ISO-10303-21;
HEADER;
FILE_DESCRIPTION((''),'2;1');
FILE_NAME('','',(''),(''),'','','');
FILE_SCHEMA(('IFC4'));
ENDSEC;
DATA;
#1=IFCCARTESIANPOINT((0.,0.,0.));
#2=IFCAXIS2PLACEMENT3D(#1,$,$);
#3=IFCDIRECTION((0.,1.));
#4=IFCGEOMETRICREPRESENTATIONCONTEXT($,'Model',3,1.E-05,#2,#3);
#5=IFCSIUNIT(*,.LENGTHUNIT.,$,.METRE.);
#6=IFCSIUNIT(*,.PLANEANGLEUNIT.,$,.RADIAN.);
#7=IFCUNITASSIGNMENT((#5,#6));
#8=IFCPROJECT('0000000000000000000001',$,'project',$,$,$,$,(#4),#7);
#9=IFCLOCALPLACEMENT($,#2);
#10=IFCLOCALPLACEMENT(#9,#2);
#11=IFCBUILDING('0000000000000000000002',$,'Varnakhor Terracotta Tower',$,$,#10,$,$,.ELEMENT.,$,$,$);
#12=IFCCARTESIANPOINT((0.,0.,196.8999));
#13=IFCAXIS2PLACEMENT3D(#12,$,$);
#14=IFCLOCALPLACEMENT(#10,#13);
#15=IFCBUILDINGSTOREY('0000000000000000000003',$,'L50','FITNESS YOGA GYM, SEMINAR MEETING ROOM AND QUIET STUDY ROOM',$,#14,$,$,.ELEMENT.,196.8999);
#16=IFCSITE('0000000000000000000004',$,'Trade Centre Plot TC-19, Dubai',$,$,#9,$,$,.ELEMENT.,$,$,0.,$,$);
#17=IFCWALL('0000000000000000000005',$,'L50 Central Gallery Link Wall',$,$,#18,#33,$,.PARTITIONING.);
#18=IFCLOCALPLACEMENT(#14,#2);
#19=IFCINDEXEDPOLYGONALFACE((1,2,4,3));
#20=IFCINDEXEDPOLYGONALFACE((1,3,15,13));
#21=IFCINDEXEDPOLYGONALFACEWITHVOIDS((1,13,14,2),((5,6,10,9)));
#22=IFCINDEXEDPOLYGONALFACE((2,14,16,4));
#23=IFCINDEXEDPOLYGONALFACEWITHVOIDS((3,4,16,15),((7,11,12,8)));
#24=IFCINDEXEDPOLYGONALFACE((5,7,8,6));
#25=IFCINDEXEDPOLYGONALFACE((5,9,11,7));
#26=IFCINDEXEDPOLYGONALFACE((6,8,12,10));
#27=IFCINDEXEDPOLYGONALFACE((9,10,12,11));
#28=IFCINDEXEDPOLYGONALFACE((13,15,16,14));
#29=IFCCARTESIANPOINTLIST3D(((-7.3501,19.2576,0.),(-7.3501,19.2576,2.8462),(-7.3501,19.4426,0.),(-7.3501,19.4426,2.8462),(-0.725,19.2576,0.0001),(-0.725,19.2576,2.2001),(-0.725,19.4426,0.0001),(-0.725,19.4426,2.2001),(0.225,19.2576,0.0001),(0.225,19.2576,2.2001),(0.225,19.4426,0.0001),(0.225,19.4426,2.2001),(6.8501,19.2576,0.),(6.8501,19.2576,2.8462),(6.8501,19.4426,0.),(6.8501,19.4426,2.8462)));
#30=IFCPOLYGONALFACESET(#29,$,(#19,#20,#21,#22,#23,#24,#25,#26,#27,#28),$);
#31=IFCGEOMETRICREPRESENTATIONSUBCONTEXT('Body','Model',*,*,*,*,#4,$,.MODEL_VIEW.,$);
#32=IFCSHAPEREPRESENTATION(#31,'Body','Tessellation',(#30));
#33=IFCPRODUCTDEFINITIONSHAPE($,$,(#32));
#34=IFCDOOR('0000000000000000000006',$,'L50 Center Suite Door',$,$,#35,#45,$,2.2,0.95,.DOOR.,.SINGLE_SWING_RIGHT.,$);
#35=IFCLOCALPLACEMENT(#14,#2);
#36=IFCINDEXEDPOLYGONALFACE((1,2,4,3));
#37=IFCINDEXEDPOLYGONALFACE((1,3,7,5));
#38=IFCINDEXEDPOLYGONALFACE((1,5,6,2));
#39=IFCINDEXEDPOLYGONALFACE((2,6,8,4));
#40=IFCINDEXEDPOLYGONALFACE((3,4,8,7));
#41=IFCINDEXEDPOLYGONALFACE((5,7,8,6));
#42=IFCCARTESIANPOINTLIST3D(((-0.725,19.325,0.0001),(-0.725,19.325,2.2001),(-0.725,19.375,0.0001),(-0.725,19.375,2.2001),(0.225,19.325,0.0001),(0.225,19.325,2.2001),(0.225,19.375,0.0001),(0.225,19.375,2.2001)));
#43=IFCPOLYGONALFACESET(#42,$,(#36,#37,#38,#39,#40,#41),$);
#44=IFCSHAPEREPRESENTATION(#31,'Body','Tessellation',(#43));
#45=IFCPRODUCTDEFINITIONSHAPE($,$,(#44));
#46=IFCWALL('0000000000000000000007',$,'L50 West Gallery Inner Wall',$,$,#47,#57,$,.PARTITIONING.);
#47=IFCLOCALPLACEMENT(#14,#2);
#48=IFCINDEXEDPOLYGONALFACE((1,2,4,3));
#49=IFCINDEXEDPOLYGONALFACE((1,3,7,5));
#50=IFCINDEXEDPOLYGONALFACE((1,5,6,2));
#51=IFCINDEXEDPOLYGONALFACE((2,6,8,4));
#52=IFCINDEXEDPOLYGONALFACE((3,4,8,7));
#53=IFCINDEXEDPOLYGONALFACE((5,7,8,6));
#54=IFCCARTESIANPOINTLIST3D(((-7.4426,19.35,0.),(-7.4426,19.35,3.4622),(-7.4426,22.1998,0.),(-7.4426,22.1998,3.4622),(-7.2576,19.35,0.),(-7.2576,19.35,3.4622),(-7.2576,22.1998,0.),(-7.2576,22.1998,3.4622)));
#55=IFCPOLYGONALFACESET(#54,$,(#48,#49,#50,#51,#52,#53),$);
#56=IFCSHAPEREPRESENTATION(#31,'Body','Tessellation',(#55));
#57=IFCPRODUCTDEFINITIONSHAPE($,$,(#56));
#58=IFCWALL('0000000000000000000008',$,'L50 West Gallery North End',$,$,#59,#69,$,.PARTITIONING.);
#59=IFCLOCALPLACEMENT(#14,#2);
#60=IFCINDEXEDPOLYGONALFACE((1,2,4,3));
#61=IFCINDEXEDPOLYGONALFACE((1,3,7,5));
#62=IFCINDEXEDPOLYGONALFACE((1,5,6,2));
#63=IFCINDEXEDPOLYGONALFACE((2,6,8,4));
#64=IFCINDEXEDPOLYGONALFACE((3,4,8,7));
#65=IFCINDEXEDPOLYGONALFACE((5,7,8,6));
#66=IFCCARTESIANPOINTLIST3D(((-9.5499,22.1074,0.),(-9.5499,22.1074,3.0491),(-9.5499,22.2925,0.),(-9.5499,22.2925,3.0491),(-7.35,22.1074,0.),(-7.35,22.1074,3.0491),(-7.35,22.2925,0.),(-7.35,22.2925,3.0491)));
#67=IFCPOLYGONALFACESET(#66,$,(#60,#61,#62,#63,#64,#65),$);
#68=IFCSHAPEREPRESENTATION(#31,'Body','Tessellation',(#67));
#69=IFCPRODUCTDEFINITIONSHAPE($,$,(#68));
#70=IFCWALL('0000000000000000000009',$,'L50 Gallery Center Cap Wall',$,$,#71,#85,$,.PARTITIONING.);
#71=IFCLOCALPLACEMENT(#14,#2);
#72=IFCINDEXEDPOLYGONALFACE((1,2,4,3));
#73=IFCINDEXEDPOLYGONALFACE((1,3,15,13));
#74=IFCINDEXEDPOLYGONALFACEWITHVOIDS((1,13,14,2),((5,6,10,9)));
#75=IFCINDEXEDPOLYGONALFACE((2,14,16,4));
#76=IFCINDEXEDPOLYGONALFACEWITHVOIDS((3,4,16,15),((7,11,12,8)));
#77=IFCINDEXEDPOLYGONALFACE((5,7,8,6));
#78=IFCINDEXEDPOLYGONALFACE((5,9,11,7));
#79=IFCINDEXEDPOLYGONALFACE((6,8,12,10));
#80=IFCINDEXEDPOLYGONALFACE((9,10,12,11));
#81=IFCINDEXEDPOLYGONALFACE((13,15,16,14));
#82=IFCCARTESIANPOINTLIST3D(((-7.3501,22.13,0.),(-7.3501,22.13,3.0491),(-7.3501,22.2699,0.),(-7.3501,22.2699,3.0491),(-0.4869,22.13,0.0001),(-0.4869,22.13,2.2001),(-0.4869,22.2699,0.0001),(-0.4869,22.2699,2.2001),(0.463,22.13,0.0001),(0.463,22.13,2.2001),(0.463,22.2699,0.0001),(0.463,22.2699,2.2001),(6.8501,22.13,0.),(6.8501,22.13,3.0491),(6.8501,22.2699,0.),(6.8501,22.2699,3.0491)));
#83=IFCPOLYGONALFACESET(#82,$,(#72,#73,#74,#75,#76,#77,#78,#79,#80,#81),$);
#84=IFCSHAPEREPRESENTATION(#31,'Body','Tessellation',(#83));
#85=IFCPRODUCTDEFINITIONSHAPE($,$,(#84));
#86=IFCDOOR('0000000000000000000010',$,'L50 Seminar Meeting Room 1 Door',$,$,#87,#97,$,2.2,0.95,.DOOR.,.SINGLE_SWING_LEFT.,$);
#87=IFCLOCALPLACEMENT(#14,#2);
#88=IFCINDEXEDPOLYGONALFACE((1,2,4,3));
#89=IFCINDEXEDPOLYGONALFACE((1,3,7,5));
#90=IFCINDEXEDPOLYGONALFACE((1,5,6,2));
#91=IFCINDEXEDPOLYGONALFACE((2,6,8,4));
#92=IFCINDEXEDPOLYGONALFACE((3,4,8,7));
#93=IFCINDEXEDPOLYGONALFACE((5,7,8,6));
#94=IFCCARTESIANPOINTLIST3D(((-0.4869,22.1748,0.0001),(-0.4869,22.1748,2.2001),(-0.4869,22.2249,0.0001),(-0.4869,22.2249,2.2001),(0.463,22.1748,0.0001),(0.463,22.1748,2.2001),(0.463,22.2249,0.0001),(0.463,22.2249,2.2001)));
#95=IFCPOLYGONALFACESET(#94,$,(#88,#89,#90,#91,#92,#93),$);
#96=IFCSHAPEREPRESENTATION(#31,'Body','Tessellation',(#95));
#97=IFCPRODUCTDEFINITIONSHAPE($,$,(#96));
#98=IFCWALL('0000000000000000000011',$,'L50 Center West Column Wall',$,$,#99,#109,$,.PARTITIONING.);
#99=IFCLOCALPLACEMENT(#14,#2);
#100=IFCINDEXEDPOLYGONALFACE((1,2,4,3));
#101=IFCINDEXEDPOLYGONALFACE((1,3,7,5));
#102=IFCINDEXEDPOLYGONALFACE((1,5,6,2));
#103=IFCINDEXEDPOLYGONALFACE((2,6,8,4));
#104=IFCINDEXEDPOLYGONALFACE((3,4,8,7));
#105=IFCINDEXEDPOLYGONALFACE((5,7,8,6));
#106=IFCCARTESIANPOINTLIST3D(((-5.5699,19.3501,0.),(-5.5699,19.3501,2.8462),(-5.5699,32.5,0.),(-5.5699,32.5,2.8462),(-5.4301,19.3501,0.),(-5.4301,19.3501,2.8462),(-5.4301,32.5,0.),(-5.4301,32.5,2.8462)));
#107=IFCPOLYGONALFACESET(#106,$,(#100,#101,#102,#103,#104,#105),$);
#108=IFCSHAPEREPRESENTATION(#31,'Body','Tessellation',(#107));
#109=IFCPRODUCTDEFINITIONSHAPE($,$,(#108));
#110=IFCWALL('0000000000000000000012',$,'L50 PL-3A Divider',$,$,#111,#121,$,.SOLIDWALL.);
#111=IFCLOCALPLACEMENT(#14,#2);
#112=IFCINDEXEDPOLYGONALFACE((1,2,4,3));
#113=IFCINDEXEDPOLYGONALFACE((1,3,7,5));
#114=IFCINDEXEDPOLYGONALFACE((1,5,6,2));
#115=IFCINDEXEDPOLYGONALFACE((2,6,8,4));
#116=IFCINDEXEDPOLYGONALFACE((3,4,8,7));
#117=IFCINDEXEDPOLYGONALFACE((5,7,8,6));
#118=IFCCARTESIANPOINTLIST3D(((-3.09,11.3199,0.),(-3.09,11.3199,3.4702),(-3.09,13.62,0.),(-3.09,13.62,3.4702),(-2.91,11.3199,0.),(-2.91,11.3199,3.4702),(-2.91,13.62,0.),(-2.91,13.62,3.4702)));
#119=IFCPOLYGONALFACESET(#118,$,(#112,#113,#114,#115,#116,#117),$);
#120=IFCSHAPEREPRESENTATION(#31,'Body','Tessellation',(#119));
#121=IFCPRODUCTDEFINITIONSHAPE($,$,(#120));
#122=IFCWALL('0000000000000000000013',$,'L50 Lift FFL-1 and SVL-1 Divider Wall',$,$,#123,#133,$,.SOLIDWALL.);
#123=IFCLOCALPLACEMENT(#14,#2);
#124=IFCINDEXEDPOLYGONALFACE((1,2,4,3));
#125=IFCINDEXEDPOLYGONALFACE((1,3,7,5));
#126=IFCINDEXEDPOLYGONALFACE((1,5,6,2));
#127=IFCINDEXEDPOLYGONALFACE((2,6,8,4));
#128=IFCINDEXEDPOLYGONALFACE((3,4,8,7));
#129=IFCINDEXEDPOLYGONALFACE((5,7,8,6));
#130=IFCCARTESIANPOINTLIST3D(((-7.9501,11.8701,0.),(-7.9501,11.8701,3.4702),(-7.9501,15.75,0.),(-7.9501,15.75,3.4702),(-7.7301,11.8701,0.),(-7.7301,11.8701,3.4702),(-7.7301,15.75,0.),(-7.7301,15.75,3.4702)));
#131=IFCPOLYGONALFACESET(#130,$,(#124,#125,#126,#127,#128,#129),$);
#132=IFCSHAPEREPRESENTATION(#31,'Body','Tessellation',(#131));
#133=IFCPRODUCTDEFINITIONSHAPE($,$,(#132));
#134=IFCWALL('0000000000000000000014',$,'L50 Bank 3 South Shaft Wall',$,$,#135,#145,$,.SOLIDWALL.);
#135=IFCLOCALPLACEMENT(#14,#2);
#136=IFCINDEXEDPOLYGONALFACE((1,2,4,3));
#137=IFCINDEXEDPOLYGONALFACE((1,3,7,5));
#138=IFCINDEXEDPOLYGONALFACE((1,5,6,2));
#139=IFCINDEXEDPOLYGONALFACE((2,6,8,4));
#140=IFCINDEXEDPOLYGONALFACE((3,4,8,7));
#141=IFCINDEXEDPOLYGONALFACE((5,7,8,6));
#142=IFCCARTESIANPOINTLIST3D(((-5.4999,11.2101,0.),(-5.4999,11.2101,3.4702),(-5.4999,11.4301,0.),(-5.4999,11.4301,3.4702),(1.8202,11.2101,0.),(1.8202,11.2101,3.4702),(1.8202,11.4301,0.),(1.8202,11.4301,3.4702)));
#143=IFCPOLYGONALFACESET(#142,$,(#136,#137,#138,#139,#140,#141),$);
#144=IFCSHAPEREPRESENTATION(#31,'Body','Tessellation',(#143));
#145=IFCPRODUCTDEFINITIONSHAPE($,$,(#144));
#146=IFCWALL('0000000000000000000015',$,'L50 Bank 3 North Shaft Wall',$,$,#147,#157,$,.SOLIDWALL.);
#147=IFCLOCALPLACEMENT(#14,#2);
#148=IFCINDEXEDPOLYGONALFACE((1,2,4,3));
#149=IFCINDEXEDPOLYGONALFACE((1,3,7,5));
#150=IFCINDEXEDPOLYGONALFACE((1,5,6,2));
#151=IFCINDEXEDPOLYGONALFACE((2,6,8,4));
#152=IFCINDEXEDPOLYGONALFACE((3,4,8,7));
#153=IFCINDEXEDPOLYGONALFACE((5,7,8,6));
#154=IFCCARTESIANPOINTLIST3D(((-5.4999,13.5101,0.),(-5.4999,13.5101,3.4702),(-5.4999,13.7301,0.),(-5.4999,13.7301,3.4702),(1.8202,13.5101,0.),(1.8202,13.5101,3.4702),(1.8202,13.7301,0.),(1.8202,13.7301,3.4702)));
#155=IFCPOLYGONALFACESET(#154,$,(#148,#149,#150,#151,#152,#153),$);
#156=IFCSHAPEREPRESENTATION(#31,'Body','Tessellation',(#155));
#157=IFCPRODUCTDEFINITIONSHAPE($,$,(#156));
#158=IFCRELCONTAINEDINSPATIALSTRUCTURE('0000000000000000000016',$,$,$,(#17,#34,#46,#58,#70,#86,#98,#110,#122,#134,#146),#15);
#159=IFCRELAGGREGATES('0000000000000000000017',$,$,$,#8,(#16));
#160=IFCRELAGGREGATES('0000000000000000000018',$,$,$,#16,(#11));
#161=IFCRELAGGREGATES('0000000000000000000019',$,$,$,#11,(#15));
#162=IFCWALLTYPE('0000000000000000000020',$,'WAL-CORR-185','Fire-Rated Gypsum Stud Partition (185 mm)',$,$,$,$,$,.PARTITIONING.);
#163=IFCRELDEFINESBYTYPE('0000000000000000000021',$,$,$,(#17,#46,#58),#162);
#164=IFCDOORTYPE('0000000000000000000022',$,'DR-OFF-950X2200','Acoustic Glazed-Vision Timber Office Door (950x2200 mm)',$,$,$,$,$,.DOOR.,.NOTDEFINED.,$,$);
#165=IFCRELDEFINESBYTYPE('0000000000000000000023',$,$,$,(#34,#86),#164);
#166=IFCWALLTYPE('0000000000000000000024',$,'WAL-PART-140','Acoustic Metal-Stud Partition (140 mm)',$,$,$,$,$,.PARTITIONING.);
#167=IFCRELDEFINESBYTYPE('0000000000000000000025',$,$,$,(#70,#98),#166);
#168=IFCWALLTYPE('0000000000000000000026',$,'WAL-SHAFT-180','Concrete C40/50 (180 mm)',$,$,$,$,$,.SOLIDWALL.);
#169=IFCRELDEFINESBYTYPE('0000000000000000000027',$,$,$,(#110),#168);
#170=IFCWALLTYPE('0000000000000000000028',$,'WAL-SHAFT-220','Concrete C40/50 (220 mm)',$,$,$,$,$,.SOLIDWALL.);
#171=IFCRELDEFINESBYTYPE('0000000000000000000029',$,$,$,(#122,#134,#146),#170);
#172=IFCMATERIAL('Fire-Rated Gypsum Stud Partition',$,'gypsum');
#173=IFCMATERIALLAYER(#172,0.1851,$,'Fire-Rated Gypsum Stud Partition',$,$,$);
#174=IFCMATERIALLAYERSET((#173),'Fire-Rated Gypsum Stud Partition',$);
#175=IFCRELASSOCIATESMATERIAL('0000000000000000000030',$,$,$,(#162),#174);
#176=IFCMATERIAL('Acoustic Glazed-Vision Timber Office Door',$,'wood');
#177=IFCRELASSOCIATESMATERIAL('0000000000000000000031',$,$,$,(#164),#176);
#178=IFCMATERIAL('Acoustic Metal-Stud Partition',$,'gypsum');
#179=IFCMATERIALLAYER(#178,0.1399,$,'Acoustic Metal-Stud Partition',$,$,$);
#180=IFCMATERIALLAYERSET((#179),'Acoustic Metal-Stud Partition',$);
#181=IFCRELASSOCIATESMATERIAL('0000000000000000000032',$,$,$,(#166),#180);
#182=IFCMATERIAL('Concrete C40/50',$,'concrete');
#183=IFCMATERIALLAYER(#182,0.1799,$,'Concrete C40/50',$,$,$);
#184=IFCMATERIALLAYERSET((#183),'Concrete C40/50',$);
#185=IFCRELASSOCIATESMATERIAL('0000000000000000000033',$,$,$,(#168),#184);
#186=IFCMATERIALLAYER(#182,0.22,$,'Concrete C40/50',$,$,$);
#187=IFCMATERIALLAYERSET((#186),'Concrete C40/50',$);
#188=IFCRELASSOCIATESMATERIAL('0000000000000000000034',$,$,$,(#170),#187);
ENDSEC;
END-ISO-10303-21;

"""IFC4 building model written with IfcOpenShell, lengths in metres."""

from ifc_helpers import new_model, si_unit, direction, frame, frame_2d, origin, place, context, subcontext, project, spatial, rectangle, extrude, source, transform, mapped, material, layer, layer_set, type_object, type_shapes, element, fill, save


model = new_model("IFC4")

# Units and contexts
model_context = context("Model", 3, precision=1e-05, world=origin(), true_north=direction((0.0, 1.0)))
body_context = subcontext(model_context, "Body", "Model", "MODEL_VIEW")
ifc_project = project(units=[si_unit("LENGTHUNIT", "METRE"), si_unit("PLANEANGLEUNIT", "RADIAN")], contexts=[model_context])

# Site, building, storey
site_placement = place(None, origin())
site = spatial("IfcSite", under=ifc_project, at=site_placement, Name="Trade Centre Plot TC-19, Dubai", CompositionType="ELEMENT", RefElevation=0.0)
building_placement = place(site_placement, origin())
building = spatial("IfcBuilding", under=site, at=building_placement, Name="Varnakhor Terracotta Tower", CompositionType="ELEMENT")
storey_placement = place(building_placement, frame((0.0, 0.0, 196.8999)))
storey = spatial("IfcBuildingStorey", under=building, at=storey_placement, Name="L50", Description="FITNESS YOGA GYM, SEMINAR MEETING ROOM AND QUIET STUDY ROOM", CompositionType="ELEMENT", Elevation=196.8999)

# Wall, opening, door
ifc_material_1 = material(Name="Fire-Rated Gypsum Stud Partition", Category="gypsum")
ifc_layer_1 = layer(ifc_material_1, 0.1851, Name="Fire-Rated Gypsum Stud Partition")
ifc_layer_set_1 = layer_set([ifc_layer_1], Name="Fire-Rated Gypsum Stud Partition")
wall_type_1 = type_object("IfcWallType", Name="WAL-CORR-185", Description="Fire-Rated Gypsum Stud Partition (185 mm)", PredefinedType="PARTITIONING", material=ifc_layer_set_1)
wall_1_placement = place(storey_placement, frame((-7.3501, 19.3501, 0.0), z_axis=(0.0, 0.0, 1.0), x_axis=(1.0, 0.0, 0.0)))
wall_1 = element("IfcWall", 1, at=wall_1_placement, inside=storey, type_object=wall_type_1, Name="L50 Central Gallery Link Wall", PredefinedType="PARTITIONING", context=body_context, shape_type="SweptSolid", body=[
    extrude(rectangle(XDim=14.2002, YDim=0.1851, at=frame_2d((7.1001, 0.0))), origin(), (0.0, 0.0, 1.0), 2.8462),
])
opening_1_placement = place(wall_1_placement, frame((6.625, 0.0, 0.0)))
opening_1 = element("IfcOpeningElement", 2, at=opening_1_placement, cuts=wall_1, PredefinedType="OPENING", context=body_context, shape_type="SweptSolid", body=[
    extrude(rectangle(XDim=0.95, YDim=2.2, at=frame_2d((0.4751, 1.1001))), frame((0.0, 0.1025, 0.0), z_axis=(0.0, -1.0, 0.0), x_axis=(1.0, 0.0, 0.0)), (0.0, 0.0, 1.0), 0.2051),
])
ifc_material_2 = material(Name="Acoustic Glazed-Vision Timber Office Door", Category="wood")
door_type_1 = type_object("IfcDoorType", Name="DR-OFF-950X2200", Description="Acoustic Glazed-Vision Timber Office Door (950x2200 mm)", OperationType="NOTDEFINED", PredefinedType="DOOR", material=ifc_material_2)
shared_shape_1 = source(origin(), body_context, "Body", "SweptSolid", [
    extrude(rectangle(XDim=0.95, YDim=2.2, at=frame_2d((0.4751, 1.1001))), frame((0.0, 0.0249, 0.0), z_axis=(0.0, -1.0, 0.0), x_axis=(1.0, 0.0, 0.0)), (0.0, 0.0, 1.0), 0.05),
])
type_shapes(door_type_1, [shared_shape_1])
door_1_placement = place(opening_1_placement, origin())
door_1 = element("IfcDoor", 3, at=door_1_placement, inside=storey, type_object=door_type_1, Name="L50 Center Suite Door", OperationType="SINGLE_SWING_RIGHT", OverallHeight=2.2, OverallWidth=0.95, PredefinedType="DOOR", context=body_context, shape_type="MappedRepresentation", body=[
    mapped(shared_shape_1, transform((0.0, 0.0, 0.0), scale=1.0)),
])
fill(opening_1, door_1)

# Walls
wall_2_placement = place(storey_placement, frame((-7.3501, 19.3501, 0.0), z_axis=(0.0, 0.0, 1.0), x_axis=(0.0, 1.0, 0.0)))
element("IfcWall", 4, at=wall_2_placement, inside=storey, type_object=wall_type_1, Name="L50 West Gallery Inner Wall", PredefinedType="PARTITIONING", context=body_context, shape_type="SweptSolid", body=[
    extrude(rectangle(XDim=2.8499, YDim=0.1851, at=frame_2d((1.4248, 0.0))), origin(), (0.0, 0.0, 1.0), 3.4622),
])
wall_3_placement = place(storey_placement, frame((-9.55, 22.2, 0.0), z_axis=(0.0, 0.0, 1.0), x_axis=(1.0, 0.0, 0.0)))
element("IfcWall", 5, at=wall_3_placement, inside=storey, type_object=wall_type_1, Name="L50 West Gallery North End", PredefinedType="PARTITIONING", context=body_context, shape_type="SweptSolid", body=[
    extrude(rectangle(XDim=2.2, YDim=0.1851, at=frame_2d((1.1001, 0.0))), origin(), (0.0, 0.0, 1.0), 3.0491),
])

# Wall, opening, door
ifc_material_3 = material(Name="Acoustic Metal-Stud Partition", Category="gypsum")
ifc_layer_2 = layer(ifc_material_3, 0.1399, Name="Acoustic Metal-Stud Partition")
ifc_layer_set_2 = layer_set([ifc_layer_2], Name="Acoustic Metal-Stud Partition")
wall_type_2 = type_object("IfcWallType", Name="WAL-PART-140", Description="Acoustic Metal-Stud Partition (140 mm)", PredefinedType="PARTITIONING", material=ifc_layer_set_2)
wall_4_placement = place(storey_placement, frame((-7.3501, 22.2, 0.0), z_axis=(0.0, 0.0, 1.0), x_axis=(1.0, 0.0, 0.0)))
wall_4 = element("IfcWall", 6, at=wall_4_placement, inside=storey, type_object=wall_type_2, Name="L50 Gallery Center Cap Wall", PredefinedType="PARTITIONING", context=body_context, shape_type="SweptSolid", body=[
    extrude(rectangle(XDim=14.2002, YDim=0.1399, at=frame_2d((7.1001, 0.0))), origin(), (0.0, 0.0, 1.0), 3.0491),
])
opening_2_placement = place(wall_4_placement, frame((6.863, 0.0, 0.0)))
opening_2 = element("IfcOpeningElement", 7, at=opening_2_placement, cuts=wall_4, PredefinedType="OPENING", context=body_context, shape_type="SweptSolid", body=[
    extrude(rectangle(XDim=0.95, YDim=2.2, at=frame_2d((0.4751, 1.1001))), frame((0.0, 0.0801, 0.0), z_axis=(0.0, -1.0, 0.0), x_axis=(1.0, 0.0, 0.0)), (0.0, 0.0, 1.0), 0.1599),
])
door_2_placement = place(opening_2_placement, origin())
door_2 = element("IfcDoor", 8, at=door_2_placement, inside=storey, type_object=door_type_1, Name="L50 Seminar Meeting Room 1 Door", OperationType="SINGLE_SWING_LEFT", OverallHeight=2.2, OverallWidth=0.95, PredefinedType="DOOR", context=body_context, shape_type="MappedRepresentation", body=[
    mapped(shared_shape_1, transform((0.0, 0.0, 0.0), scale=1.0)),
])
fill(opening_2, door_2)

# Walls
wall_5_placement = place(storey_placement, frame((-5.5, 19.3501, 0.0), z_axis=(0.0, 0.0, 1.0), x_axis=(0.0, 1.0, 0.0)))
element("IfcWall", 9, at=wall_5_placement, inside=storey, type_object=wall_type_2, Name="L50 Center West Column Wall", PredefinedType="PARTITIONING", context=body_context, shape_type="SweptSolid", body=[
    extrude(rectangle(XDim=13.1499, YDim=0.1399, at=frame_2d((6.575, 0.0))), origin(), (0.0, 0.0, 1.0), 2.8462),
])
ifc_material_4 = material(Name="Concrete C40/50", Category="concrete")
ifc_layer_3 = layer(ifc_material_4, 0.1799, Name="Concrete C40/50")
ifc_layer_set_3 = layer_set([ifc_layer_3], Name="Concrete C40/50")
wall_type_3 = type_object("IfcWallType", Name="WAL-SHAFT-180", Description="Concrete C40/50 (180 mm)", PredefinedType="SOLIDWALL", material=ifc_layer_set_3)
wall_6_placement = place(storey_placement, frame((-3.0, 11.3201, 0.0), z_axis=(0.0, 0.0, 1.0), x_axis=(0.0, 1.0, 0.0)))
element("IfcWall", 10, at=wall_6_placement, inside=storey, type_object=wall_type_3, Name="L50 PL-3A Divider", PredefinedType="SOLIDWALL", context=body_context, shape_type="SweptSolid", body=[
    extrude(rectangle(XDim=2.3, YDim=0.1799, at=frame_2d((1.1499, 0.0))), origin(), (0.0, 0.0, 1.0), 3.4702),
])
ifc_layer_4 = layer(ifc_material_4, 0.22, Name="Concrete C40/50")
ifc_layer_set_4 = layer_set([ifc_layer_4], Name="Concrete C40/50")
wall_type_4 = type_object("IfcWallType", Name="WAL-SHAFT-220", Description="Concrete C40/50 (220 mm)", PredefinedType="SOLIDWALL", material=ifc_layer_set_4)
wall_7_placement = place(storey_placement, frame((-7.8401, 11.8701, 0.0), z_axis=(0.0, 0.0, 1.0), x_axis=(0.0, 1.0, 0.0)))
element("IfcWall", 11, at=wall_7_placement, inside=storey, type_object=wall_type_4, Name="L50 Lift FFL-1 and SVL-1 Divider Wall", PredefinedType="SOLIDWALL", context=body_context, shape_type="SweptSolid", body=[
    extrude(rectangle(XDim=3.8799, YDim=0.22, at=frame_2d((1.9399, 0.0))), origin(), (0.0, 0.0, 1.0), 3.4702),
])
for number, where, z_axis, x_axis, name in (
    (12, (-5.5, 11.3201, 0.0), (0.0, 0.0, 1.0), (1.0, 0.0, 0.0), "L50 Bank 3 South Shaft Wall"),
    (13, (-5.5, 13.6201, 0.0), (0.0, 0.0, 1.0), (1.0, 0.0, 0.0), "L50 Bank 3 North Shaft Wall"),
):
    element("IfcWall", number, at=place(storey_placement, frame(where, z_axis=z_axis, x_axis=x_axis)), inside=storey, type_object=wall_type_4, Name=name, PredefinedType="SOLIDWALL", context=body_context, shape_type="SweptSolid", body=[
        extrude(rectangle(XDim=7.3201, YDim=0.22, at=frame_2d((3.6602, 0.0))), origin(), (0.0, 0.0, 1.0), 3.4702),
    ])

save(model, "model.ifc")
